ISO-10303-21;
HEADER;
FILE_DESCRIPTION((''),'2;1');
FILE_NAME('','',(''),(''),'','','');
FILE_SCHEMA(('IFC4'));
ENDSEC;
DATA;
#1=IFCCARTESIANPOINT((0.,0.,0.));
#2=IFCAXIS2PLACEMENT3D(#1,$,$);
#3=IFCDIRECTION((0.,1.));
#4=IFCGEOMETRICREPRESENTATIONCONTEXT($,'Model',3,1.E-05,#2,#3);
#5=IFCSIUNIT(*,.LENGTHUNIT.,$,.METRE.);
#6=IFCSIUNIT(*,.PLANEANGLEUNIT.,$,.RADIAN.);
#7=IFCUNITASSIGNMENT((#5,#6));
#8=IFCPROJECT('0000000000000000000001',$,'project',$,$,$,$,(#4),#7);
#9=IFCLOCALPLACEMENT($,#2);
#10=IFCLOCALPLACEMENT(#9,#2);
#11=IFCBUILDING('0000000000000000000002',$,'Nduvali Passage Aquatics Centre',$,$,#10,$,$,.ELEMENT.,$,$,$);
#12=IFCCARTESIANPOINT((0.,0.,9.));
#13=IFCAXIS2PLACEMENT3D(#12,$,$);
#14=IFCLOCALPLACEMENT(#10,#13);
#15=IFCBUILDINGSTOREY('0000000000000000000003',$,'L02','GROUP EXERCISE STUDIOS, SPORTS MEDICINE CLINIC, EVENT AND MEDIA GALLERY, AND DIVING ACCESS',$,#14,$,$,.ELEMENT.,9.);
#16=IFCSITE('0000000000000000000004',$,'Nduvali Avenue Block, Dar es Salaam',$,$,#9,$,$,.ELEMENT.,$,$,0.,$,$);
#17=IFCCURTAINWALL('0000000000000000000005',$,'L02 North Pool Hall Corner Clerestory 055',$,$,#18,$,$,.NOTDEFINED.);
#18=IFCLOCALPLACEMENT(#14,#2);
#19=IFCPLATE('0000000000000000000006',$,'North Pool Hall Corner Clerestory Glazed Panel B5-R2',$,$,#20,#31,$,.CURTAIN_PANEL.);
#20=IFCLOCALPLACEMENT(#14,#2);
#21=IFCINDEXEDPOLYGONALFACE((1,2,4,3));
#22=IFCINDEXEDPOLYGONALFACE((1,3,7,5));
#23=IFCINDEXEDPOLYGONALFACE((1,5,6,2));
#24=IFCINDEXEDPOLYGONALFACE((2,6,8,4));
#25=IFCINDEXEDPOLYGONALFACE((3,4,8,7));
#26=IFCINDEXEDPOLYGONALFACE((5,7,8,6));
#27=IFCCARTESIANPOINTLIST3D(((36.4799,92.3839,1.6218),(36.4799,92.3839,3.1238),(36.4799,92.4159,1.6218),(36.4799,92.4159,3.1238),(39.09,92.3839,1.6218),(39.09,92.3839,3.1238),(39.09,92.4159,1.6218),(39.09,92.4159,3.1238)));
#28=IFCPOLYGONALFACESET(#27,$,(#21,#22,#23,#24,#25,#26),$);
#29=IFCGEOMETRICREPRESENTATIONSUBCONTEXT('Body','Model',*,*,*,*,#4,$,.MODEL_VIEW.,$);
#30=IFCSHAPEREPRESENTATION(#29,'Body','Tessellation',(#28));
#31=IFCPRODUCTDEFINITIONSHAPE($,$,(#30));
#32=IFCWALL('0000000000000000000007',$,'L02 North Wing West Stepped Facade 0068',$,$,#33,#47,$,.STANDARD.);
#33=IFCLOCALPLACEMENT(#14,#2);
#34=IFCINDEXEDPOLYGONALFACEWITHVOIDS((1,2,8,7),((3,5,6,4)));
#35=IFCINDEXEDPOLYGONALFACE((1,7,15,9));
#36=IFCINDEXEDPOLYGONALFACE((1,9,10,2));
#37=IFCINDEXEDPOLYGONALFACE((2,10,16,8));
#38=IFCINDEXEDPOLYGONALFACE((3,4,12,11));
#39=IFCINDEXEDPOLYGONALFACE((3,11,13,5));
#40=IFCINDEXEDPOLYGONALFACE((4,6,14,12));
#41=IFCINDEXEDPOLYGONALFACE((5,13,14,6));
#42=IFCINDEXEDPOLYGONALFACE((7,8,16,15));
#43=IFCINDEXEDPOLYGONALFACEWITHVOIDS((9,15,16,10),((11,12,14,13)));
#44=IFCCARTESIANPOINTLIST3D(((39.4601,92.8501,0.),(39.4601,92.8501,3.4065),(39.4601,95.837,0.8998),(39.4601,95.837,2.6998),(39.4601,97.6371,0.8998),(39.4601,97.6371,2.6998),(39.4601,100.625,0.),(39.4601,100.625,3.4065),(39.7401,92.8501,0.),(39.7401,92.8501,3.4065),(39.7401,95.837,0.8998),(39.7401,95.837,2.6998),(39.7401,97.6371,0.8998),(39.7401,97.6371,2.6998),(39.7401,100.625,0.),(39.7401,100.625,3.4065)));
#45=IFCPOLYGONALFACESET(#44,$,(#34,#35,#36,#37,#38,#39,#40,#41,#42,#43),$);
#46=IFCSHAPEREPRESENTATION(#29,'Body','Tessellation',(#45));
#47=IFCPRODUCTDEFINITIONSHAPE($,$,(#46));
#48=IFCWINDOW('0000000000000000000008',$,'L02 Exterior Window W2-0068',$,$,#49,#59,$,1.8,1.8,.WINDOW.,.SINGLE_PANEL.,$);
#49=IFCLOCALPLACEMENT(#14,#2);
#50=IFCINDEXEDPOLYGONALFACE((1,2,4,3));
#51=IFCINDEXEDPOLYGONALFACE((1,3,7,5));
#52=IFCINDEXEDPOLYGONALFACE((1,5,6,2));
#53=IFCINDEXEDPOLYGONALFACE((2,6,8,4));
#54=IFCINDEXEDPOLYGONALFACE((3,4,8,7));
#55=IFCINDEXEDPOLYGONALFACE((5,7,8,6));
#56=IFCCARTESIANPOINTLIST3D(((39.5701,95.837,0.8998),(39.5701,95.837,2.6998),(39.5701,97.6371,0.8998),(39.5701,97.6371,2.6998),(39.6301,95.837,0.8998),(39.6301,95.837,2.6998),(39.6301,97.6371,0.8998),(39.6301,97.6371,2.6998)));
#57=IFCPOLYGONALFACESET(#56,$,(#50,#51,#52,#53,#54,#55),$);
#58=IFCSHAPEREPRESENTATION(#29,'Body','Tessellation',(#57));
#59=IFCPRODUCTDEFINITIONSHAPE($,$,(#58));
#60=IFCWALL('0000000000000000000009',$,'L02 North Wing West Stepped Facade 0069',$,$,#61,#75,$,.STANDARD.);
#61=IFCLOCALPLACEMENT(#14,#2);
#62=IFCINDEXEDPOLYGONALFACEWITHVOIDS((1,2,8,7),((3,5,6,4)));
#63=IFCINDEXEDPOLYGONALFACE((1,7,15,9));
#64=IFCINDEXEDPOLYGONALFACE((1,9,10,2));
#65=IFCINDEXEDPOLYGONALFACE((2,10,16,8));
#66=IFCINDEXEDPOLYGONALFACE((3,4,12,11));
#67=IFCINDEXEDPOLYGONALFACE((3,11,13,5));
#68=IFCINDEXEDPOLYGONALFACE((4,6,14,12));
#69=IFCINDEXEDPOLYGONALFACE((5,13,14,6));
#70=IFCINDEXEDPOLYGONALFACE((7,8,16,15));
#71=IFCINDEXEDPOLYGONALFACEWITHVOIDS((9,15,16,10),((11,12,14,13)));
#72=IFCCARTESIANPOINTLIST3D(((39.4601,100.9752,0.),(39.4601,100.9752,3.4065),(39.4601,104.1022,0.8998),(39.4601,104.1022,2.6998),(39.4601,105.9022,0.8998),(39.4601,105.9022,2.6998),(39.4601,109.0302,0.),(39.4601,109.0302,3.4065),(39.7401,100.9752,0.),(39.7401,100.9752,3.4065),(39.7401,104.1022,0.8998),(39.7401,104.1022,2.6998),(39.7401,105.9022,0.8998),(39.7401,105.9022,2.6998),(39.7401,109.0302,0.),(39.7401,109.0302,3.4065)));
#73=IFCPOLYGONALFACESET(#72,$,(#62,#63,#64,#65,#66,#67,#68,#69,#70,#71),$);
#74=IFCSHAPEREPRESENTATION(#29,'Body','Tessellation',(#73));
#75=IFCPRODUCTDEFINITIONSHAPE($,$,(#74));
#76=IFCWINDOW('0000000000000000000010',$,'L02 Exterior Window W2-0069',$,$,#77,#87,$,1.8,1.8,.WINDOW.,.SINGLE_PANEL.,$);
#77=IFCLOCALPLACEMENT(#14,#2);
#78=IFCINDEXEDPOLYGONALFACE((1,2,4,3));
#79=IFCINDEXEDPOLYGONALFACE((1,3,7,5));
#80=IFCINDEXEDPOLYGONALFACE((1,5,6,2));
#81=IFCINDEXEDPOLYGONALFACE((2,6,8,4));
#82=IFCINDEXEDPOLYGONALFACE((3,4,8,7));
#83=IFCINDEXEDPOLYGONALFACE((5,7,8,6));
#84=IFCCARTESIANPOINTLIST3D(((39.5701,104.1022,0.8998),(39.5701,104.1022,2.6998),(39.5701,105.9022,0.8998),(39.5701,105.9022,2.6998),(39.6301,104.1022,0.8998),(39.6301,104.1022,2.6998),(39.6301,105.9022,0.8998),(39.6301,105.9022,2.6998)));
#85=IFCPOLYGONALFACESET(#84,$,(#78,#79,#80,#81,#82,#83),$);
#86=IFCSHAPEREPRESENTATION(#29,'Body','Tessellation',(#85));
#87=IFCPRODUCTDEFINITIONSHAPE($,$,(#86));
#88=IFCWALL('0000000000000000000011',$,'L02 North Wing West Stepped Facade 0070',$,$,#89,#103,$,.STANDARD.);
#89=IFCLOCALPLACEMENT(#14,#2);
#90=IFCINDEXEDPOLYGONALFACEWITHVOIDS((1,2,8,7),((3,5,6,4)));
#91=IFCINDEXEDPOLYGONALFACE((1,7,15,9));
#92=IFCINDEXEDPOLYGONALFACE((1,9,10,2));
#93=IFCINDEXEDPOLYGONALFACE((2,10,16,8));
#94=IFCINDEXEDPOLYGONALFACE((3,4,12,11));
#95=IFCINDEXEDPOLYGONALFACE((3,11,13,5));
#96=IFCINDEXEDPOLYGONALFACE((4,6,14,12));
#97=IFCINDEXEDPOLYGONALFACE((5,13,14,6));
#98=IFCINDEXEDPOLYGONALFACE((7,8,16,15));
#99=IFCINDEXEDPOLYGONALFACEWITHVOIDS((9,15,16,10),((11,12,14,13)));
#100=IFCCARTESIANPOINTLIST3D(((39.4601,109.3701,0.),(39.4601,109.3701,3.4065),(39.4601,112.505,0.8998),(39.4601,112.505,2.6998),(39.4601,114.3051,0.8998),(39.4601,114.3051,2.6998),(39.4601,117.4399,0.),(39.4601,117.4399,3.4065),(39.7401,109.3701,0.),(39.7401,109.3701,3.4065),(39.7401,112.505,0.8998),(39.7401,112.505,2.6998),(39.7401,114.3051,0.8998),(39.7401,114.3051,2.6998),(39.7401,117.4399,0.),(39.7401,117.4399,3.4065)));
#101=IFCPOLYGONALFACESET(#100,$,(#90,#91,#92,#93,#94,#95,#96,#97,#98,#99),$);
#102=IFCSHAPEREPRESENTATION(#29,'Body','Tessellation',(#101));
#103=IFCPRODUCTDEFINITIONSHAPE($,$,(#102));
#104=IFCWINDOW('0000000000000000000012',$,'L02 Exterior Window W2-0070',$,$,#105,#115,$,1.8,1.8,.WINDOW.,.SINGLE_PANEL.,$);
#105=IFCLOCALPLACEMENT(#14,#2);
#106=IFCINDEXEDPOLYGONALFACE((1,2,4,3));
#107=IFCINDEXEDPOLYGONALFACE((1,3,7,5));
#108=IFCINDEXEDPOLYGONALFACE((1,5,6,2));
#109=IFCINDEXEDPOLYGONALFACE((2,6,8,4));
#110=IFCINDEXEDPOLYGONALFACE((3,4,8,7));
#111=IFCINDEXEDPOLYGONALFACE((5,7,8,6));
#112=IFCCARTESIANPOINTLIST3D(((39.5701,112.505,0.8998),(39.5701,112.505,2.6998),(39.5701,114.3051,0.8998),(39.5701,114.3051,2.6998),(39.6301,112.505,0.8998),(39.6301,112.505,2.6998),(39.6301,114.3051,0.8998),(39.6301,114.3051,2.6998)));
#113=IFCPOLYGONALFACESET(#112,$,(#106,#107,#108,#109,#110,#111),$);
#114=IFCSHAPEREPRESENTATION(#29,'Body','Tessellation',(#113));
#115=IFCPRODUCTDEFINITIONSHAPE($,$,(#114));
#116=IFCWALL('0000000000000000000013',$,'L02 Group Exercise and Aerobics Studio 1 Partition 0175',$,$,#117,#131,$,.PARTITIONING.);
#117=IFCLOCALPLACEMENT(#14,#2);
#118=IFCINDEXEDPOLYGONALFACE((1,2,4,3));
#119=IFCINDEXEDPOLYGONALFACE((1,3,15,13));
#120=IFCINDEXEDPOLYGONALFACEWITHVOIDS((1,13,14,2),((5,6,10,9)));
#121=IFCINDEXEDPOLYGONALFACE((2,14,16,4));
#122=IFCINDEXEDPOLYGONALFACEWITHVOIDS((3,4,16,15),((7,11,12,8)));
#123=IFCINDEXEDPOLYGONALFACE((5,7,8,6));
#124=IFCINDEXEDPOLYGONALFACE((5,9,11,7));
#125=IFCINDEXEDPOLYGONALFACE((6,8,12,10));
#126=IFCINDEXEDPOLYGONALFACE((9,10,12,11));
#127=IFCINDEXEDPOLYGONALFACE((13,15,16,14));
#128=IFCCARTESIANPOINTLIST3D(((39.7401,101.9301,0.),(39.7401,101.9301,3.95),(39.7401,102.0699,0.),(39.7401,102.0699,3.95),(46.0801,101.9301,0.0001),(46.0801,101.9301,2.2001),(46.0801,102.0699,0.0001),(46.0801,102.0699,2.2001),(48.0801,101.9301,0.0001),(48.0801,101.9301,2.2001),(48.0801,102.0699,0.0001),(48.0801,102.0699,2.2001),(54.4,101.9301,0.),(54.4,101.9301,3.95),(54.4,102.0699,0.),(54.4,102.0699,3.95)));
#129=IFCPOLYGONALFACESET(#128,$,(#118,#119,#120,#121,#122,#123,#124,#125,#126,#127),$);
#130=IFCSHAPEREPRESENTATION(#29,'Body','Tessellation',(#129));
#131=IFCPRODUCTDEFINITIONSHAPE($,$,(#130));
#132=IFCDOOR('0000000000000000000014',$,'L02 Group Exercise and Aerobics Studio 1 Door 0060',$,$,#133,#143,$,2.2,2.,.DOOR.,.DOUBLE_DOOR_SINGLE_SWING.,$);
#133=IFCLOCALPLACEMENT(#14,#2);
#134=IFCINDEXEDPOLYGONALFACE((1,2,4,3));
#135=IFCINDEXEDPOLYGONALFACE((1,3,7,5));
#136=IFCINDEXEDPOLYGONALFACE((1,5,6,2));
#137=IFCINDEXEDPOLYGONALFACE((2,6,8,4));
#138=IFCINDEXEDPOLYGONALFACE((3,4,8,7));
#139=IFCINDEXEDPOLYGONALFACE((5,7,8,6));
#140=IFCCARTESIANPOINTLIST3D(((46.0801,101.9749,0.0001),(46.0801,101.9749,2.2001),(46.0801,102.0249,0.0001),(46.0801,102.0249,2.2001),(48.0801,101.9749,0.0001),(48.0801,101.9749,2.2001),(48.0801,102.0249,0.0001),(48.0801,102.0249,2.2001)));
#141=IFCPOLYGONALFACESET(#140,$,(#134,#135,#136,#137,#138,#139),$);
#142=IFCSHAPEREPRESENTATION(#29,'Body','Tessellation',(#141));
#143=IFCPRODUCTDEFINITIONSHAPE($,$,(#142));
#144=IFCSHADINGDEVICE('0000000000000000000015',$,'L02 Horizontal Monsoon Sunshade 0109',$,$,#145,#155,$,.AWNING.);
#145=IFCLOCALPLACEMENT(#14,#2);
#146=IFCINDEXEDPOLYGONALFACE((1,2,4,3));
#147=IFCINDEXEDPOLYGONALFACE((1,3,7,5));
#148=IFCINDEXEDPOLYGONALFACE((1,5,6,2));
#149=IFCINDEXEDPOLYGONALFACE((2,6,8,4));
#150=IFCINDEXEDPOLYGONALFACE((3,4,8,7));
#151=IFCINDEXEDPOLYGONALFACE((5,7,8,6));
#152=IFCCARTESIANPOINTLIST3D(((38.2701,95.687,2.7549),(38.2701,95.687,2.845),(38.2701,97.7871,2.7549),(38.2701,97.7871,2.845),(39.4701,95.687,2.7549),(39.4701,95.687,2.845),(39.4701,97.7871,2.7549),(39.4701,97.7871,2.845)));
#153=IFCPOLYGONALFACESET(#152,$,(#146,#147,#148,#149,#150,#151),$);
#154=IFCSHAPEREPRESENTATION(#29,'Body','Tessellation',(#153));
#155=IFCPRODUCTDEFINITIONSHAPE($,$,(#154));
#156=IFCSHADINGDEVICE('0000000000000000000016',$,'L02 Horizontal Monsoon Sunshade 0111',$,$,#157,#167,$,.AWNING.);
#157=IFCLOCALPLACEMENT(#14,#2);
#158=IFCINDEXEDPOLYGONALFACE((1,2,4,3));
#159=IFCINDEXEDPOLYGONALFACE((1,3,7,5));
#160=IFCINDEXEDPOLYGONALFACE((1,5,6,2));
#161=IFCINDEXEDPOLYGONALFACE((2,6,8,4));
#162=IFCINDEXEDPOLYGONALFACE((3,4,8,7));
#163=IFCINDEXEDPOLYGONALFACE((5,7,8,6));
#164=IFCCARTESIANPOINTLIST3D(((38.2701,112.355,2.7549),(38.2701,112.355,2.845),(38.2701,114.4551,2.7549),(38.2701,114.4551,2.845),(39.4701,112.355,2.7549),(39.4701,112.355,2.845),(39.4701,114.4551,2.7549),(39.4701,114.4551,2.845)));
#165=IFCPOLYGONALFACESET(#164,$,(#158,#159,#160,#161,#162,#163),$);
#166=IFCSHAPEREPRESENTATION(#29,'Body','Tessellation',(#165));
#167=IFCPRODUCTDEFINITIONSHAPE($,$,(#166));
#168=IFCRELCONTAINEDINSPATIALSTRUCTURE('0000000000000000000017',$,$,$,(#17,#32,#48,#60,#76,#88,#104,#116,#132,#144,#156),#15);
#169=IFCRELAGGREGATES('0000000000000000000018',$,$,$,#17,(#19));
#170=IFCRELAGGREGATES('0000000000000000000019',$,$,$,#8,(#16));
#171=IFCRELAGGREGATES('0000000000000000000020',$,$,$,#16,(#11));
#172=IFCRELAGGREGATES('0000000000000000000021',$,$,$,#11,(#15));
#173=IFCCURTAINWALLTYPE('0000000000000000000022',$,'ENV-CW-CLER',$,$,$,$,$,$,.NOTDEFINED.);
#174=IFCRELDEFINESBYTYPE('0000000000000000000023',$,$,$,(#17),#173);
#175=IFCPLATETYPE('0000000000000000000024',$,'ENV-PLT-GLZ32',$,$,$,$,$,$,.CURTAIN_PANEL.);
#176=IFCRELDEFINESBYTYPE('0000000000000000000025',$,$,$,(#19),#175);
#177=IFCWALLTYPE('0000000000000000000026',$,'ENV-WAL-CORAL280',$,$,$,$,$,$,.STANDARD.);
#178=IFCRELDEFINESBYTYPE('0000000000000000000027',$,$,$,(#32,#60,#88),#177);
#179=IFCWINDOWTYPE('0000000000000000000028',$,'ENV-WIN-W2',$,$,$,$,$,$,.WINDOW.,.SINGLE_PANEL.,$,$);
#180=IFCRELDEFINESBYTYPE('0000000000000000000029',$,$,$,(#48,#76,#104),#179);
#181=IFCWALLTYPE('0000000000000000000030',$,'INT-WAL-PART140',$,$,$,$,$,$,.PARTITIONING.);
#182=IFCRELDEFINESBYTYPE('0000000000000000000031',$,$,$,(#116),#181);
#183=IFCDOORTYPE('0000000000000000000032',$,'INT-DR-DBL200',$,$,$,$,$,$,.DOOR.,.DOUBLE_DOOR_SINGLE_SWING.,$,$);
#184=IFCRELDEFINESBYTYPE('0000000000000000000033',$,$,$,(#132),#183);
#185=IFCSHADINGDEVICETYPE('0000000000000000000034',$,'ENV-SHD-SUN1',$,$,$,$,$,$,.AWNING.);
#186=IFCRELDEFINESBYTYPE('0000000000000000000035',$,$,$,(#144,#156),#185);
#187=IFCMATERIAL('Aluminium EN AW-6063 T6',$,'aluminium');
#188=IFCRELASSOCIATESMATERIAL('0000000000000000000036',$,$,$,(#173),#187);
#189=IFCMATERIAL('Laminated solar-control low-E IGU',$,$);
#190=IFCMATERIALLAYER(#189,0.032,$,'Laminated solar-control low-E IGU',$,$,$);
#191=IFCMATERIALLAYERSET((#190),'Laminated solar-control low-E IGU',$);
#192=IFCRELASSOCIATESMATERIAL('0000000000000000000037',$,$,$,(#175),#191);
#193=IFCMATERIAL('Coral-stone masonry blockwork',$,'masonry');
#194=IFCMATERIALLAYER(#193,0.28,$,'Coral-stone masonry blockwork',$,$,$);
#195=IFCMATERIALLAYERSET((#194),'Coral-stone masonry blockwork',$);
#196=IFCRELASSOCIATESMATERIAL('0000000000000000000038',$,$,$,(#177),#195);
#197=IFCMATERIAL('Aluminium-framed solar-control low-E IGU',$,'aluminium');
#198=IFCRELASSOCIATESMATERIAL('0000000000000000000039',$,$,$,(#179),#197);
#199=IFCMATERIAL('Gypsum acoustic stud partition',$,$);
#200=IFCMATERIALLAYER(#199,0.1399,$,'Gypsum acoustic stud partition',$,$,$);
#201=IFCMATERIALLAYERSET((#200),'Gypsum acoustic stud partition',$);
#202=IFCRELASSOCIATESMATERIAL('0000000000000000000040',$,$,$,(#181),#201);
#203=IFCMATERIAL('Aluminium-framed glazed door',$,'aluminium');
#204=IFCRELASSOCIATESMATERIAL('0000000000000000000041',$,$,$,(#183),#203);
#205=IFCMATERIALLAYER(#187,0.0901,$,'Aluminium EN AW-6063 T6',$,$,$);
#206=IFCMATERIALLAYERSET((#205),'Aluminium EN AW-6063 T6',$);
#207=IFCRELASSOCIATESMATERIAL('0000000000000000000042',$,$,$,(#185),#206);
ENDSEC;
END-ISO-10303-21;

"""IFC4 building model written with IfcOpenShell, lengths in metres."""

from ifc_helpers import new_model, si_unit, direction, frame, frame_2d, origin, origin_2d, place, context, subcontext, project, spatial, rectangle, extrude, material, layer, layer_set, type_object, element, fill, aggregate, save


model = new_model("IFC4")

# Units and contexts
model_context = context("Model", 3, precision=1e-05, world=origin(), true_north=direction((0.0, 1.0)))
body_context = subcontext(model_context, "Body", "Model", "MODEL_VIEW")
ifc_project = project(units=[si_unit("LENGTHUNIT", "METRE"), si_unit("PLANEANGLEUNIT", "RADIAN")], contexts=[model_context])

# Site, building, storey
site_placement = place(None, origin())
site = spatial("IfcSite", under=ifc_project, at=site_placement, Name="Nduvali Avenue Block, Dar es Salaam", CompositionType="ELEMENT", RefElevation=0.0)
building_placement = place(site_placement, origin())
building = spatial("IfcBuilding", under=site, at=building_placement, Name="Nduvali Passage Aquatics Centre", CompositionType="ELEMENT")
storey_placement = place(building_placement, frame((0.0, 0.0, 9.0)))
storey = spatial("IfcBuildingStorey", under=building, at=storey_placement, Name="L02", Description="GROUP EXERCISE STUDIOS, SPORTS MEDICINE CLINIC, EVENT AND MEDIA GALLERY, AND DIVING ACCESS", CompositionType="ELEMENT", Elevation=9.0)

# Curtain wall
ifc_material_1 = material(Name="Aluminium EN AW-6063 T6", Category="aluminium")
curtain_wall_type = type_object("IfcCurtainWallType", Name="ENV-CW-CLER", PredefinedType="NOTDEFINED", material=ifc_material_1)
curtain_wall_placement = place(storey_placement, origin())
curtain_wall = element("IfcCurtainWall", 1, at=curtain_wall_placement, inside=storey, type_object=curtain_wall_type, Name="L02 North Pool Hall Corner Clerestory 055", PredefinedType="NOTDEFINED")

# Plate
ifc_material_2 = material(Name="Laminated solar-control low-E IGU")
ifc_layer_1 = layer(ifc_material_2, 0.032, Name="Laminated solar-control low-E IGU")
ifc_layer_set_1 = layer_set([ifc_layer_1], Name="Laminated solar-control low-E IGU")
plate_type = type_object("IfcPlateType", Name="ENV-PLT-GLZ32", PredefinedType="CURTAIN_PANEL", material=ifc_layer_set_1)
plate_1_placement = place(storey_placement, frame((37.7849, 92.3999, 1.6218), z_axis=(0.0, 0.0, 1.0), x_axis=(1.0, 0.0, 0.0)))
plate_1 = element("IfcPlate", 2, at=plate_1_placement, type_object=plate_type, Name="North Pool Hall Corner Clerestory Glazed Panel B5-R2", PredefinedType="CURTAIN_PANEL", context=body_context, shape_type="SweptSolid", body=[
    extrude(rectangle(XDim=2.6101, YDim=0.032, at=origin_2d()), origin(), (0.0, 0.0, 1.0), 1.502),
])
aggregate(curtain_wall, [plate_1])

# Walls, openings, windows
ifc_material_3 = material(Name="Coral-stone masonry blockwork", Category="masonry")
ifc_layer_2 = layer(ifc_material_3, 0.28, Name="Coral-stone masonry blockwork")
ifc_layer_set_2 = layer_set([ifc_layer_2], Name="Coral-stone masonry blockwork")
wall_type_1 = type_object("IfcWallType", Name="ENV-WAL-CORAL280", PredefinedType="STANDARD", material=ifc_layer_set_2)
wall_1_placement = place(storey_placement, frame((39.6001, 100.625, 0.0), z_axis=(0.0, 0.0, 1.0), x_axis=(0.0, -1.0, 0.0)))
wall_1 = element("IfcWall", 3, at=wall_1_placement, inside=storey, type_object=wall_type_1, Name="L02 North Wing West Stepped Facade 0068", PredefinedType="STANDARD", context=body_context, shape_type="SweptSolid", body=[
    extrude(rectangle(XDim=7.7749, YDim=0.28, at=frame_2d((3.8875, 0.0))), origin(), (0.0, 0.0, 1.0), 3.4065),
])
opening_1_placement = place(wall_1_placement, frame((2.988, 0.0, 0.8999)))
opening_1 = element("IfcOpeningElement", 4, at=opening_1_placement, cuts=wall_1, PredefinedType="OPENING", context=body_context, shape_type="SweptSolid", body=[
    extrude(rectangle(XDim=1.8, YDim=1.8, at=frame_2d((0.8999, 0.8999))), frame((0.0, 0.1548, 0.0), z_axis=(0.0, -1.0, 0.0), x_axis=(1.0, 0.0, 0.0)), (0.0, 0.0, 1.0), 0.3098),
])
ifc_material_4 = material(Name="Aluminium-framed solar-control low-E IGU", Category="aluminium")
window_type = type_object("IfcWindowType", Name="ENV-WIN-W2", PartitioningType="SINGLE_PANEL", PredefinedType="WINDOW", material=ifc_material_4)
window_1_placement = place(opening_1_placement, origin())
window_1 = element("IfcWindow", 5, at=window_1_placement, inside=storey, type_object=window_type, Name="L02 Exterior Window W2-0068", OverallHeight=1.8, OverallWidth=1.8, PartitioningType="SINGLE_PANEL", PredefinedType="WINDOW", context=body_context, shape_type="SweptSolid", body=[
    extrude(rectangle(XDim=1.8, YDim=1.8, at=frame_2d((0.8999, 0.8999))), frame((0.0, 0.03, 0.0), z_axis=(0.0, -1.0, 0.0), x_axis=(1.0, 0.0, 0.0)), (0.0, 0.0, 1.0), 0.0601),
])
fill(opening_1, window_1)
wall_2_placement = place(storey_placement, frame((39.6001, 109.03, 0.0), z_axis=(0.0, 0.0, 1.0), x_axis=(0.0, -1.0, 0.0)))
wall_2 = element("IfcWall", 6, at=wall_2_placement, inside=storey, type_object=wall_type_1, Name="L02 North Wing West Stepped Facade 0069", PredefinedType="STANDARD", context=body_context, shape_type="SweptSolid", body=[
    extrude(rectangle(XDim=8.0549, YDim=0.28, at=frame_2d((4.0273, 0.0))), origin(), (0.0, 0.0, 1.0), 3.4065),
])
opening_2_placement = place(wall_2_placement, frame((3.1279, 0.0, 0.8999)))
opening_2 = element("IfcOpeningElement", 7, at=opening_2_placement, cuts=wall_2, PredefinedType="OPENING", context=body_context, shape_type="SweptSolid", body=[
    extrude(rectangle(XDim=1.8, YDim=1.8, at=frame_2d((0.8999, 0.8999))), frame((0.0, 0.1548, 0.0), z_axis=(0.0, -1.0, 0.0), x_axis=(1.0, 0.0, 0.0)), (0.0, 0.0, 1.0), 0.3098),
])
window_2_placement = place(opening_2_placement, origin())
window_2 = element("IfcWindow", 8, at=window_2_placement, inside=storey, type_object=window_type, Name="L02 Exterior Window W2-0069", OverallHeight=1.8, OverallWidth=1.8, PartitioningType="SINGLE_PANEL", PredefinedType="WINDOW", context=body_context, shape_type="SweptSolid", body=[
    extrude(rectangle(XDim=1.8, YDim=1.8, at=frame_2d((0.8999, 0.8999))), frame((0.0, 0.03, 0.0), z_axis=(0.0, -1.0, 0.0), x_axis=(1.0, 0.0, 0.0)), (0.0, 0.0, 1.0), 0.0601),
])
fill(opening_2, window_2)
wall_3_placement = place(storey_placement, frame((39.6001, 117.4399, 0.0), z_axis=(0.0, 0.0, 1.0), x_axis=(0.0, -1.0, 0.0)))
wall_3 = element("IfcWall", 9, at=wall_3_placement, inside=storey, type_object=wall_type_1, Name="L02 North Wing West Stepped Facade 0070", PredefinedType="STANDARD", context=body_context, shape_type="SweptSolid", body=[
    extrude(rectangle(XDim=8.0698, YDim=0.28, at=frame_2d((4.0349, 0.0))), origin(), (0.0, 0.0, 1.0), 3.4065),
])
opening_3_placement = place(wall_3_placement, frame((3.135, 0.0, 0.8999)))
opening_3 = element("IfcOpeningElement", 10, at=opening_3_placement, cuts=wall_3, PredefinedType="OPENING", context=body_context, shape_type="SweptSolid", body=[
    extrude(rectangle(XDim=1.8, YDim=1.8, at=frame_2d((0.8999, 0.8999))), frame((0.0, 0.1548, 0.0), z_axis=(0.0, -1.0, 0.0), x_axis=(1.0, 0.0, 0.0)), (0.0, 0.0, 1.0), 0.3098),
])
window_3_placement = place(opening_3_placement, origin())
window_3 = element("IfcWindow", 11, at=window_3_placement, inside=storey, type_object=window_type, Name="L02 Exterior Window W2-0070", OverallHeight=1.8, OverallWidth=1.8, PartitioningType="SINGLE_PANEL", PredefinedType="WINDOW", context=body_context, shape_type="SweptSolid", body=[
    extrude(rectangle(XDim=1.8, YDim=1.8, at=frame_2d((0.8999, 0.8999))), frame((0.0, 0.03, 0.0), z_axis=(0.0, -1.0, 0.0), x_axis=(1.0, 0.0, 0.0)), (0.0, 0.0, 1.0), 0.0601),
])
fill(opening_3, window_3)

# Wall, opening, door
ifc_material_5 = material(Name="Gypsum acoustic stud partition")
ifc_layer_3 = layer(ifc_material_5, 0.1399, Name="Gypsum acoustic stud partition")
ifc_layer_set_3 = layer_set([ifc_layer_3], Name="Gypsum acoustic stud partition")
wall_type_2 = type_object("IfcWallType", Name="INT-WAL-PART140", PredefinedType="PARTITIONING", material=ifc_layer_set_3)
wall_4_placement = place(storey_placement, frame((39.74, 102.0, 0.0), z_axis=(0.0, 0.0, 1.0), x_axis=(1.0, 0.0, 0.0)))
wall_4 = element("IfcWall", 12, at=wall_4_placement, inside=storey, type_object=wall_type_2, Name="L02 Group Exercise and Aerobics Studio 1 Partition 0175", PredefinedType="PARTITIONING", context=body_context, shape_type="SweptSolid", body=[
    extrude(rectangle(XDim=14.6599, YDim=0.1399, at=frame_2d((7.3301, 0.0))), origin(), (0.0, 0.0, 1.0), 3.95),
])
opening_4_placement = place(wall_4_placement, frame((6.3401, 0.0, 0.0)))
opening_4 = element("IfcOpeningElement", 13, at=opening_4_placement, cuts=wall_4, PredefinedType="OPENING", context=body_context, shape_type="SweptSolid", body=[
    extrude(rectangle(XDim=2.0, YDim=2.2, at=frame_2d((1.0, 1.1001))), frame((0.0, 0.085, 0.0), z_axis=(0.0, -1.0, 0.0), x_axis=(1.0, 0.0, 0.0)), (0.0, 0.0, 1.0), 0.1697),
])
ifc_material_6 = material(Name="Aluminium-framed glazed door", Category="aluminium")
door_type = type_object("IfcDoorType", Name="INT-DR-DBL200", OperationType="DOUBLE_DOOR_SINGLE_SWING", PredefinedType="DOOR", material=ifc_material_6)
door_placement = place(opening_4_placement, origin())
door = element("IfcDoor", 14, at=door_placement, inside=storey, type_object=door_type, Name="L02 Group Exercise and Aerobics Studio 1 Door 0060", OperationType="DOUBLE_DOOR_SINGLE_SWING", OverallHeight=2.2, OverallWidth=2.0, PredefinedType="DOOR", context=body_context, shape_type="SweptSolid", body=[
    extrude(rectangle(XDim=2.0, YDim=2.2, at=frame_2d((1.0, 1.1001))), frame((0.0, 0.0249, 0.0), z_axis=(0.0, -1.0, 0.0), x_axis=(1.0, 0.0, 0.0)), (0.0, 0.0, 1.0), 0.05),
])
fill(opening_4, door)

# Shading devices
ifc_layer_4 = layer(ifc_material_1, 0.0901, Name="Aluminium EN AW-6063 T6")
ifc_layer_set_4 = layer_set([ifc_layer_4], Name="Aluminium EN AW-6063 T6")
shading_device_type_1 = type_object("IfcShadingDeviceType", Name="ENV-SHD-SUN1", PredefinedType="AWNING", material=ifc_layer_set_4)
for number, where, z_axis, x_axis, name in (
    (15, (38.8701, 96.7371, 2.7549), (0.0, 0.0, 1.0), (0.0, -1.0, 0.0), "L02 Horizontal Monsoon Sunshade 0109"),
    (16, (38.8701, 113.405, 2.7549), (0.0, 0.0, 1.0), (0.0, -1.0, 0.0), "L02 Horizontal Monsoon Sunshade 0111"),
):
    element("IfcShadingDevice", number, at=place(storey_placement, frame(where, z_axis=z_axis, x_axis=x_axis)), inside=storey, type_object=shading_device_type_1, Name=name, PredefinedType="AWNING", context=body_context, shape_type="SweptSolid", body=[
        extrude(rectangle(XDim=2.1001, YDim=1.2, at=origin_2d()), origin(), (0.0, 0.0, 1.0), 0.0901),
    ])

save(model, "model.ifc")
